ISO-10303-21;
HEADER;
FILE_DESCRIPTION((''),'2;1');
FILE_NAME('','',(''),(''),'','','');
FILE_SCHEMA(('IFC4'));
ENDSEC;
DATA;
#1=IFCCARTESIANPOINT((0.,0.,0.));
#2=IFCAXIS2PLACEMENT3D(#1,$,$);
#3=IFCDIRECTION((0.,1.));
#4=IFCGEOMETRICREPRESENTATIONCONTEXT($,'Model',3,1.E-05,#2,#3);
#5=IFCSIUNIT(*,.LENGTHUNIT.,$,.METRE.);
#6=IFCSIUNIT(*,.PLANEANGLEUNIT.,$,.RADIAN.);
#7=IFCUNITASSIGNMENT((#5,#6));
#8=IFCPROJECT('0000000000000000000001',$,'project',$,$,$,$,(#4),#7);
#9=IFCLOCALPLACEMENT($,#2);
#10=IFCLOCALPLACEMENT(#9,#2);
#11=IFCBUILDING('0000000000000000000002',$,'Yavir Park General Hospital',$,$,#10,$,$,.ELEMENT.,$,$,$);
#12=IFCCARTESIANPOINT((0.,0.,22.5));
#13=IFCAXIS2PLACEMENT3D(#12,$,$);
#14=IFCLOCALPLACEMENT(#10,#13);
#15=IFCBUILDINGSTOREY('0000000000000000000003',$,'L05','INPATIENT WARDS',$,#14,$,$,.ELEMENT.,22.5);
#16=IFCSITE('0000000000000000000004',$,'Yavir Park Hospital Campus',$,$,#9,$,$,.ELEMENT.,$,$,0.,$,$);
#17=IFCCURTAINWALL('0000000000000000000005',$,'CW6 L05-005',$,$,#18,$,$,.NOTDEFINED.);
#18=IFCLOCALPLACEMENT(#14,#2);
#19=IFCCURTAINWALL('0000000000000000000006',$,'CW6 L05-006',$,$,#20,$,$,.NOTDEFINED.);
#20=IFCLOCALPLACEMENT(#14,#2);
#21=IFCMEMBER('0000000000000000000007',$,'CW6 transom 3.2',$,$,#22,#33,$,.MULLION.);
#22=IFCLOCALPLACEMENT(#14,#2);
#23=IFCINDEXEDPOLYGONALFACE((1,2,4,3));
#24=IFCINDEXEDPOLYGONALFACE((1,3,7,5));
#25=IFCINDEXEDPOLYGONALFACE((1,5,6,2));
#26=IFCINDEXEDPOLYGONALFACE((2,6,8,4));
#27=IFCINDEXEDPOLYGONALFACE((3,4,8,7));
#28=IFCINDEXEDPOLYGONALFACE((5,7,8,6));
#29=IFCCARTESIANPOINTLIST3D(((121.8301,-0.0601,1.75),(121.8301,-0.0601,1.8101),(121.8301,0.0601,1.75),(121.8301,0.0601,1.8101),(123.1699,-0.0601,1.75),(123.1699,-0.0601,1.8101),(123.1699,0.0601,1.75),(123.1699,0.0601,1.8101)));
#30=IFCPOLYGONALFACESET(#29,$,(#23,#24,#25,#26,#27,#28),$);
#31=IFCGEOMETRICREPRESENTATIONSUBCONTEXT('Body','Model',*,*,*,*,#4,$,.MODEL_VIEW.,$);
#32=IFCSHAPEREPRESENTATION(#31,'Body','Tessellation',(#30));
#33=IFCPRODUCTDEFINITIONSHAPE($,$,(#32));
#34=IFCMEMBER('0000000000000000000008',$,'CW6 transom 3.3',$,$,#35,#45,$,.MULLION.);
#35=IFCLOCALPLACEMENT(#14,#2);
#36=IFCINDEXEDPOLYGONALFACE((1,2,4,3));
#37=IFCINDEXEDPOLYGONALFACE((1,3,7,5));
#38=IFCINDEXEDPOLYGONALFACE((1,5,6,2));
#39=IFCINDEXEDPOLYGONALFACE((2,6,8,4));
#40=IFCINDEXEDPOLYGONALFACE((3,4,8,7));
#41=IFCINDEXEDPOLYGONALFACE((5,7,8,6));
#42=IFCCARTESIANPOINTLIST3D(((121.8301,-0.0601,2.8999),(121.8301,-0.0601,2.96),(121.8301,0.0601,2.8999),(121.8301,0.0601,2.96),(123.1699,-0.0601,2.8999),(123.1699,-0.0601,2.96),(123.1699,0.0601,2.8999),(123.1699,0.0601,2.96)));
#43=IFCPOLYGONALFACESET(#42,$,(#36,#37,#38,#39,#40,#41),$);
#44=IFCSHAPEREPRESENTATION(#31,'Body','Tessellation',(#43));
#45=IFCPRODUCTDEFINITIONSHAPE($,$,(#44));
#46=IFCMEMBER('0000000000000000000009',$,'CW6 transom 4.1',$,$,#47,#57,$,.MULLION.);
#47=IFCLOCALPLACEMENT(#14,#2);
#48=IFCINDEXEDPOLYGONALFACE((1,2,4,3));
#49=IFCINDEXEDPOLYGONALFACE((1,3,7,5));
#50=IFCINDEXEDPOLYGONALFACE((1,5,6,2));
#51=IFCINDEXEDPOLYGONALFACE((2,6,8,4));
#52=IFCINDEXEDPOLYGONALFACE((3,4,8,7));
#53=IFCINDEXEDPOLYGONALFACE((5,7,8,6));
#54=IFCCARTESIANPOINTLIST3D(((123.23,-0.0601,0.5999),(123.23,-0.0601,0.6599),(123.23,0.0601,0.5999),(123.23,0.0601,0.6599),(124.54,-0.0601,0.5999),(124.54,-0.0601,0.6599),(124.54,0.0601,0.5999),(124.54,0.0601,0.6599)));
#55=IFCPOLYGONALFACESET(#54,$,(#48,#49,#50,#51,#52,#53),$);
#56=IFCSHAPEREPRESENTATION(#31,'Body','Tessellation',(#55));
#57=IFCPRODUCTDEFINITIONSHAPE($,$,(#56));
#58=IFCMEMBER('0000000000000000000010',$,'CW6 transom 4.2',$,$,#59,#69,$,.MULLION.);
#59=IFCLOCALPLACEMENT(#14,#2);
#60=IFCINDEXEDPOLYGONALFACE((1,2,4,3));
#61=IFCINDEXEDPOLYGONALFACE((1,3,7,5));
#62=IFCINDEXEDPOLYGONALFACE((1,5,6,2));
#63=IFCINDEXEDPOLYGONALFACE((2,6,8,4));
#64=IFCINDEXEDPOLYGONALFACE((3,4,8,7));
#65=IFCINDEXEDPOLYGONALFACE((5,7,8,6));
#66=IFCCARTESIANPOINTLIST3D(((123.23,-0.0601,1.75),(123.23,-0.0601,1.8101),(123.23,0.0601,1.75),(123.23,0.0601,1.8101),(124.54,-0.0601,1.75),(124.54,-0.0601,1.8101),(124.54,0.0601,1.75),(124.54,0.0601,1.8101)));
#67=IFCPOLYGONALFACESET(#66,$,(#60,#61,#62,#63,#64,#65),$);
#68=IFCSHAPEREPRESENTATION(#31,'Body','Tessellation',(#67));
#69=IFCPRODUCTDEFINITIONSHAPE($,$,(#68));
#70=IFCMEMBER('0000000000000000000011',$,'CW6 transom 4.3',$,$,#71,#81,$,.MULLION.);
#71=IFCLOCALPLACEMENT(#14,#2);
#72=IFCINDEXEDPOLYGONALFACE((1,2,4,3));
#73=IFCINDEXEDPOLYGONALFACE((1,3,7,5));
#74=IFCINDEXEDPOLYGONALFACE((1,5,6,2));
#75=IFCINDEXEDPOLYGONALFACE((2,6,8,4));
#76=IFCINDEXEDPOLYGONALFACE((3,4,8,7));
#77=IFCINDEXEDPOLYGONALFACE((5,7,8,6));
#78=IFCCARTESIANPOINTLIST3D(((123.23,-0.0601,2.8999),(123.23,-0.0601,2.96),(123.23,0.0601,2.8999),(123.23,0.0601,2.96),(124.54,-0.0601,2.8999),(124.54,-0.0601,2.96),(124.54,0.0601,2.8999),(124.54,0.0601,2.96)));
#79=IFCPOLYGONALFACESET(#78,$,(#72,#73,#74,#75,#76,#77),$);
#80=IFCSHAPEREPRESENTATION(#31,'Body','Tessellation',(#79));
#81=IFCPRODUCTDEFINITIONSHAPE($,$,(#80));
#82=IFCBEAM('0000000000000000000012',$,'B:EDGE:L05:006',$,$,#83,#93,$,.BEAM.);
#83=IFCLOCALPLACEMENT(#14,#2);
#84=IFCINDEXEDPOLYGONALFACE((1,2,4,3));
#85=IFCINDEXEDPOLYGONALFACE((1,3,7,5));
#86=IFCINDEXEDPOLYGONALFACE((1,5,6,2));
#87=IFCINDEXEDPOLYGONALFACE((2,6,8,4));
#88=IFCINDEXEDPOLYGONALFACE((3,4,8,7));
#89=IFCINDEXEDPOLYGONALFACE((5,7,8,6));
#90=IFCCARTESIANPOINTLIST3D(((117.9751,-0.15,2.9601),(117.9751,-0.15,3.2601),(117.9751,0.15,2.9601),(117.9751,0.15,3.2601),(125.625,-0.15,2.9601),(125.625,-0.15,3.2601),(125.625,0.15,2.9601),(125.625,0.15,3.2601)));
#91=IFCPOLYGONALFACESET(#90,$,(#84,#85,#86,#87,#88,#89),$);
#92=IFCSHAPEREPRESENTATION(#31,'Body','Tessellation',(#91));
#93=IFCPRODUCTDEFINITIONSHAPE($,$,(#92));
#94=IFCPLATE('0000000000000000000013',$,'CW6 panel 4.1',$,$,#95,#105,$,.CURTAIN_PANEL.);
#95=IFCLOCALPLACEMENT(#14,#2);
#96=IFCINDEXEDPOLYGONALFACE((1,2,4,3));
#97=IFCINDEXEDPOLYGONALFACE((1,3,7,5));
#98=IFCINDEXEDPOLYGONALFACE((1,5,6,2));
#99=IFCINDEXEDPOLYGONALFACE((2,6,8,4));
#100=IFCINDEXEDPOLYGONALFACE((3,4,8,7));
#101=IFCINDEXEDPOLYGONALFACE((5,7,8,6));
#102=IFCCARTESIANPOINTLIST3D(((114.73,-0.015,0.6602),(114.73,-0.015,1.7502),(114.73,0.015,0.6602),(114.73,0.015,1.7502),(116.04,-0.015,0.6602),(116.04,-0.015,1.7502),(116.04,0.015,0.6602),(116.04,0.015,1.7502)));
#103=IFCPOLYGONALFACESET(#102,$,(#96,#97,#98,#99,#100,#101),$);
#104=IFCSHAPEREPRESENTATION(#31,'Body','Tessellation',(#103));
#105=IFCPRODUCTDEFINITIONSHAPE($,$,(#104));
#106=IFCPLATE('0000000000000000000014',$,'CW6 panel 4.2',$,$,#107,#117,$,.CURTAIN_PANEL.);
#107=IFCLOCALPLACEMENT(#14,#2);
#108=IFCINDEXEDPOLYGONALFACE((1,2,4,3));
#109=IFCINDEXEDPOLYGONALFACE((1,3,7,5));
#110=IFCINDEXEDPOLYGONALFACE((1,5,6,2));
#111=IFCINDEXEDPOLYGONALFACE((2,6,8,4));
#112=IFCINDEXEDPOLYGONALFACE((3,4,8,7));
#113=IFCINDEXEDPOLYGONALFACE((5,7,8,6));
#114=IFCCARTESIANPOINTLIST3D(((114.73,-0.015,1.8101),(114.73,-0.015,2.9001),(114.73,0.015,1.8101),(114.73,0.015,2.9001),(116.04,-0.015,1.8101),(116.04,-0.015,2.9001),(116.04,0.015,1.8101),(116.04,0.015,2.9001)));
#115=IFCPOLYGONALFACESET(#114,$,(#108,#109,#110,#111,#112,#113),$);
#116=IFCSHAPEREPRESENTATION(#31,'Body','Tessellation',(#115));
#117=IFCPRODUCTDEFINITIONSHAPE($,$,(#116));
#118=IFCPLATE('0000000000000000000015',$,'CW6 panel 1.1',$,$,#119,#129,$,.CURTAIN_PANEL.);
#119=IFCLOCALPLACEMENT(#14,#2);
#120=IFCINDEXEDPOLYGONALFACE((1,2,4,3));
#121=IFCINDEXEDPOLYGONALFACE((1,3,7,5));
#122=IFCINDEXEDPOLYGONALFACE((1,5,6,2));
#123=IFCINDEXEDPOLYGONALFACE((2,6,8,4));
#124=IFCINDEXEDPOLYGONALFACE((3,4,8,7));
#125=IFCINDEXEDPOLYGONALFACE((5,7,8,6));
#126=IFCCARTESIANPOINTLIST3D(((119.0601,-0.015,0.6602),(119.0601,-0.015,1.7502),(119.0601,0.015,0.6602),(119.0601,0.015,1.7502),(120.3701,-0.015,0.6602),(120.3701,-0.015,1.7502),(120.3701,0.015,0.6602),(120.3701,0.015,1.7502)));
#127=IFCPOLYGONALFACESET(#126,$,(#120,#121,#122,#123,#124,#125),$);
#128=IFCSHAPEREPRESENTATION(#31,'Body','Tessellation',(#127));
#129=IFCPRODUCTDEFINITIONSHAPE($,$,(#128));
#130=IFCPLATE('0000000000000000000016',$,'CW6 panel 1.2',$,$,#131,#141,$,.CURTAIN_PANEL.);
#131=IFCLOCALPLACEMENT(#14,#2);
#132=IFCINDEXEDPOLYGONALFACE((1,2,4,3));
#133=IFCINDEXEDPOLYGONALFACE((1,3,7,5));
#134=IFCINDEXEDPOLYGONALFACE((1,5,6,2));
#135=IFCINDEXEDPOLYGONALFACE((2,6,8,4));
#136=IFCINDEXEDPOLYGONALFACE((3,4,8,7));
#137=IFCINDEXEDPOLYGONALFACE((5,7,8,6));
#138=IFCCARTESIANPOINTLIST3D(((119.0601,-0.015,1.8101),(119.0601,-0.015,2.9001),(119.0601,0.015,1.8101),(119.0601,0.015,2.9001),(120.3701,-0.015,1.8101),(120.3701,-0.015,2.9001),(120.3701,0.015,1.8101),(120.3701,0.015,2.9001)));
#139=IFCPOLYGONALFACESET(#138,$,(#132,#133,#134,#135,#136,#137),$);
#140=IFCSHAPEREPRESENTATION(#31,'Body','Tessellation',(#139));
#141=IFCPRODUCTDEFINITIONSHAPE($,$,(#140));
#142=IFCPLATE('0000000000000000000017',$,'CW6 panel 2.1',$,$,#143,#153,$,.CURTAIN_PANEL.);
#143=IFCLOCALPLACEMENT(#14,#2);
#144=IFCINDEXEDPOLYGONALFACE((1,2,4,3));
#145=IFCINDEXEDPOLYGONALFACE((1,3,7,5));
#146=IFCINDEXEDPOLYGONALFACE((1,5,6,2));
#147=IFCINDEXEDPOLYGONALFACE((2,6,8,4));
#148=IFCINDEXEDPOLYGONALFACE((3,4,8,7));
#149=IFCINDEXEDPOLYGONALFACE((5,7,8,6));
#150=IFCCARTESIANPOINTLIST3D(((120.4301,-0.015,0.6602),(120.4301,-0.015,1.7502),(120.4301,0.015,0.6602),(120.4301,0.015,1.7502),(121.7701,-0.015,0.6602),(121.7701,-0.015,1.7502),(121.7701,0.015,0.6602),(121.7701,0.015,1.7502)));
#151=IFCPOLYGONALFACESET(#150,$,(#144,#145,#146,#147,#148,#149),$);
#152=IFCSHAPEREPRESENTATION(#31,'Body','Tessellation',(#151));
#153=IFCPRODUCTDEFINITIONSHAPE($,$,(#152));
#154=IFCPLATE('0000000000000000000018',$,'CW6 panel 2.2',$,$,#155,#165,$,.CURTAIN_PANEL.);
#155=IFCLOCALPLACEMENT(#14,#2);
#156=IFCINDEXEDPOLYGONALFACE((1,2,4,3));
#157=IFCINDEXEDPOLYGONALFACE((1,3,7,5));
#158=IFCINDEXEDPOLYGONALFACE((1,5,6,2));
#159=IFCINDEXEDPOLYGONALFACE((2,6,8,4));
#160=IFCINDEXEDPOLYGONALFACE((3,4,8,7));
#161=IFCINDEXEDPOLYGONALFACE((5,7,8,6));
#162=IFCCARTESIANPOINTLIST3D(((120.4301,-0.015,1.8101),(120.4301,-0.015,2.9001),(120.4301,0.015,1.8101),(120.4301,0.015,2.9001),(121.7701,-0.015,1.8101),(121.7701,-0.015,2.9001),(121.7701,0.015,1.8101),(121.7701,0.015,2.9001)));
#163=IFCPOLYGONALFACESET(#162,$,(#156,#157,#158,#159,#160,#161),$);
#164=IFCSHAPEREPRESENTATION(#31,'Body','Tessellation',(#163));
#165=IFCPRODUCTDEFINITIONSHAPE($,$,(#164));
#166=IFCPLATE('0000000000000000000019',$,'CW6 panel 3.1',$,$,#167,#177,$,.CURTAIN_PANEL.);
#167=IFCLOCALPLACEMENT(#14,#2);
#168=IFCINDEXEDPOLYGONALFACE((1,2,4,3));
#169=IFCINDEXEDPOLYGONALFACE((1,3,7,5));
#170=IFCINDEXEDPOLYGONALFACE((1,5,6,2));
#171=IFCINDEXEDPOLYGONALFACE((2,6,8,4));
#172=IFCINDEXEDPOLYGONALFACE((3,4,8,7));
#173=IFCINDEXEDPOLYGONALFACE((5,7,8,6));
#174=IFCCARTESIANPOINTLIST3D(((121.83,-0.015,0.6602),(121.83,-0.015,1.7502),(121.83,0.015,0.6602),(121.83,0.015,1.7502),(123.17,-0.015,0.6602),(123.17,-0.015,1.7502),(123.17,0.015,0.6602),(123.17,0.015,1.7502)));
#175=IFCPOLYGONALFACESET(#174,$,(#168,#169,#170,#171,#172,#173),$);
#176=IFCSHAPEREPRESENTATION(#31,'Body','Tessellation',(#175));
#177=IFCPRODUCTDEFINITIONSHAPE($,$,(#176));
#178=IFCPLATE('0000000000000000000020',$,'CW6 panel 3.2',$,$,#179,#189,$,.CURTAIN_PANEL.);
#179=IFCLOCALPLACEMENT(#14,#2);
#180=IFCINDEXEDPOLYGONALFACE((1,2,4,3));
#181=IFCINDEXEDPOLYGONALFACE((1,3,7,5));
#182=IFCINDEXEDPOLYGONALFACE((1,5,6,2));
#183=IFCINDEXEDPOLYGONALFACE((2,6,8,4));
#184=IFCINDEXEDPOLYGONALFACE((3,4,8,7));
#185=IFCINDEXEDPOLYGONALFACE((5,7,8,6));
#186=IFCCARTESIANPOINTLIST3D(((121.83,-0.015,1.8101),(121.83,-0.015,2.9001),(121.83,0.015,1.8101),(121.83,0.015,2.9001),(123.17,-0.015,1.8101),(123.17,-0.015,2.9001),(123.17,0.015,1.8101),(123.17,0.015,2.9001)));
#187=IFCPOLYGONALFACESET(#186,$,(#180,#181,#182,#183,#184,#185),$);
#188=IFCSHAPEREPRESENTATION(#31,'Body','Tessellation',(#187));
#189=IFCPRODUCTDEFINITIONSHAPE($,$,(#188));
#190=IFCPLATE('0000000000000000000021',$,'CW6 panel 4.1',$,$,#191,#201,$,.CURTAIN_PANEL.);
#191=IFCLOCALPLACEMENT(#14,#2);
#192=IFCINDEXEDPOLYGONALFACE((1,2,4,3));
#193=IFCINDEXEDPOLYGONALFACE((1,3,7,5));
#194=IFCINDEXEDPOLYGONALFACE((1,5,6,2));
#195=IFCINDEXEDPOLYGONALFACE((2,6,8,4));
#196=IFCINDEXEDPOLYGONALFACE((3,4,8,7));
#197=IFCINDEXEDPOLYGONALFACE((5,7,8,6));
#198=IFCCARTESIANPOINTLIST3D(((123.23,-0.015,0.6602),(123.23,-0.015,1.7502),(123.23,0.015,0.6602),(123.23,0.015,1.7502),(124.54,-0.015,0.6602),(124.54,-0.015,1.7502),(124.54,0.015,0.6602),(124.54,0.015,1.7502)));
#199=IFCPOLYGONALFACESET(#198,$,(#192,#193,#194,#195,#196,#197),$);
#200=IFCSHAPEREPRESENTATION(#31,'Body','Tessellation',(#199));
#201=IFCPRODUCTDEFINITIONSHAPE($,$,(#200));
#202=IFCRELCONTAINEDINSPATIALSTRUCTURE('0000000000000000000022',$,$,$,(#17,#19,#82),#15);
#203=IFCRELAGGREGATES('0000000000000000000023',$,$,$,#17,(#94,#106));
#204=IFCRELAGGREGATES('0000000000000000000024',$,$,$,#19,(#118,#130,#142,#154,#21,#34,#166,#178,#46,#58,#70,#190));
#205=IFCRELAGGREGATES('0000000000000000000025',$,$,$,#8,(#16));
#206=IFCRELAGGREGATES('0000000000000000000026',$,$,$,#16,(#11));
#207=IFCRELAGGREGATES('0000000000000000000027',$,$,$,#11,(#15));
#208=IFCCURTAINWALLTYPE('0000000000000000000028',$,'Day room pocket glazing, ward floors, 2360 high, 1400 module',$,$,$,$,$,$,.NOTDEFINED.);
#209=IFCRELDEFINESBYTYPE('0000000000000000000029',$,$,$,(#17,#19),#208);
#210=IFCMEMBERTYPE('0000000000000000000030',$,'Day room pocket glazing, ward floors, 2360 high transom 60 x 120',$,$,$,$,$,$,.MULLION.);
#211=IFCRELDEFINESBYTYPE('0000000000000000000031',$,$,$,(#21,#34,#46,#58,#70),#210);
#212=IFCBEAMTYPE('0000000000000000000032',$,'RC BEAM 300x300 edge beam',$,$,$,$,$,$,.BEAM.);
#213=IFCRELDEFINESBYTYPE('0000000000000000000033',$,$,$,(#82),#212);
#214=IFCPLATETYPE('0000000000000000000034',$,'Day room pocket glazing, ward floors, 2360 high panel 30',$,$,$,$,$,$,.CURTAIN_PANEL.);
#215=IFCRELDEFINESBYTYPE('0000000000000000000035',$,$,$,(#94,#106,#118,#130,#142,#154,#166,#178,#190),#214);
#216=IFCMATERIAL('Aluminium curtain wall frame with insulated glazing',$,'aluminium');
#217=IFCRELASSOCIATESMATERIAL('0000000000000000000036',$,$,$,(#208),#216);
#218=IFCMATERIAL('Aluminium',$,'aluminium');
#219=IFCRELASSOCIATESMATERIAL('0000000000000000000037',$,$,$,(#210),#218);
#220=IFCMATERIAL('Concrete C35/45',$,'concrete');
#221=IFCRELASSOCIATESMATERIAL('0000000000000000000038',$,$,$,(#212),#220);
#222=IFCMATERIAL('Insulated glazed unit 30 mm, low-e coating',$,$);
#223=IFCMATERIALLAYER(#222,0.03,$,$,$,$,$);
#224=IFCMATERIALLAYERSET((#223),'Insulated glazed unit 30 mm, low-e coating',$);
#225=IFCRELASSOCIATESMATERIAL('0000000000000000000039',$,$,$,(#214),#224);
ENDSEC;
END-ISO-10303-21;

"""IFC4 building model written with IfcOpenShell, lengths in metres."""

from ifc_helpers import new_model, si_unit, direction, frame, origin, origin_2d, place, context, subcontext, project, spatial, rectangle, extrude, material, layer, layer_set, material_profile, profile_set, type_object, element, aggregate, save


model = new_model("IFC4")

# Units and contexts
model_context = context("Model", 3, precision=1e-05, world=origin(), true_north=direction((0.0, 1.0)))
body_context = subcontext(model_context, "Body", "Model", "MODEL_VIEW")
ifc_project = project(units=[si_unit("LENGTHUNIT", "METRE"), si_unit("PLANEANGLEUNIT", "RADIAN")], contexts=[model_context])

# Site, building, storey
site_placement = place(None, origin())
site = spatial("IfcSite", under=ifc_project, at=site_placement, Name="Yavir Park Hospital Campus", CompositionType="ELEMENT", RefElevation=0.0)
building_placement = place(site_placement, origin())
building = spatial("IfcBuilding", under=site, at=building_placement, Name="Yavir Park General Hospital", CompositionType="ELEMENT")
storey_placement = place(building_placement, frame((0.0, 0.0, 22.5)))
storey = spatial("IfcBuildingStorey", under=building, at=storey_placement, Name="L05", Description="INPATIENT WARDS", CompositionType="ELEMENT", Elevation=22.5)

# Curtain wall
ifc_material_1 = material(Name="Aluminium curtain wall frame with insulated glazing", Category="aluminium")
curtain_wall_type = type_object("IfcCurtainWallType", Name="Day room pocket glazing, ward floors, 2360 high, 1400 module", PredefinedType="NOTDEFINED", material=ifc_material_1)
curtain_wall_1_placement = place(storey_placement, origin())
curtain_wall_1 = element("IfcCurtainWall", 1, at=curtain_wall_1_placement, inside=storey, type_object=curtain_wall_type, Name="CW6 L05-005", PredefinedType="NOTDEFINED")

# Curtain wall, members
curtain_wall_2_placement = place(storey_placement, origin())
curtain_wall_2 = element("IfcCurtainWall", 2, at=curtain_wall_2_placement, inside=storey, type_object=curtain_wall_type, Name="CW6 L05-006", PredefinedType="NOTDEFINED")
ifc_material_2 = material(Name="Aluminium", Category="aluminium")
ifc_material_profile_1 = material_profile(ifc_material_2, rectangle(XDim=0.1201, YDim=0.0601, at=origin_2d()), Name="AL 120x60")
ifc_profile_set_1 = profile_set([ifc_material_profile_1], Name="Aluminium")
member_type_1 = type_object("IfcMemberType", Name="Day room pocket glazing, ward floors, 2360 high transom 60 x 120", PredefinedType="MULLION", material=ifc_profile_set_1)
member_1_placement = place(storey_placement, frame((121.8301, 0.0, 1.78), z_axis=(1.0, 0.0, 0.0), x_axis=(0.0, 1.0, 0.0)))
member_1 = element("IfcMember", 3, at=member_1_placement, type_object=member_type_1, Name="CW6 transom 3.2", PredefinedType="MULLION", context=body_context, shape_type="SweptSolid", body=[
    extrude(rectangle(XDim=0.1201, YDim=0.0601, at=origin_2d()), origin(), (0.0, 0.0, 1.0), 1.3398),
])
member_2_placement = place(storey_placement, frame((121.8301, 0.0, 2.9299), z_axis=(1.0, 0.0, 0.0), x_axis=(0.0, 1.0, 0.0)))
member_2 = element("IfcMember", 4, at=member_2_placement, type_object=member_type_1, Name="CW6 transom 3.3", PredefinedType="MULLION", context=body_context, shape_type="SweptSolid", body=[
    extrude(rectangle(XDim=0.1201, YDim=0.0601, at=origin_2d()), origin(), (0.0, 0.0, 1.0), 1.3398),
])
member_3_placement = place(storey_placement, frame((123.23, 0.0, 0.6299), z_axis=(1.0, 0.0, 0.0), x_axis=(0.0, 1.0, 0.0)))
member_3 = element("IfcMember", 5, at=member_3_placement, type_object=member_type_1, Name="CW6 transom 4.1", PredefinedType="MULLION", context=body_context, shape_type="SweptSolid", body=[
    extrude(rectangle(XDim=0.1201, YDim=0.0601, at=origin_2d()), origin(), (0.0, 0.0, 1.0), 1.3101),
])
member_4_placement = place(storey_placement, frame((123.23, 0.0, 1.78), z_axis=(1.0, 0.0, 0.0), x_axis=(0.0, 1.0, 0.0)))
member_4 = element("IfcMember", 6, at=member_4_placement, type_object=member_type_1, Name="CW6 transom 4.2", PredefinedType="MULLION", context=body_context, shape_type="SweptSolid", body=[
    extrude(rectangle(XDim=0.1201, YDim=0.0601, at=origin_2d()), origin(), (0.0, 0.0, 1.0), 1.3101),
])
member_5_placement = place(storey_placement, frame((123.23, 0.0, 2.9299), z_axis=(1.0, 0.0, 0.0), x_axis=(0.0, 1.0, 0.0)))
member_5 = element("IfcMember", 7, at=member_5_placement, type_object=member_type_1, Name="CW6 transom 4.3", PredefinedType="MULLION", context=body_context, shape_type="SweptSolid", body=[
    extrude(rectangle(XDim=0.1201, YDim=0.0601, at=origin_2d()), origin(), (0.0, 0.0, 1.0), 1.3101),
])

# Beam
ifc_material_3 = material(Name="Concrete C35/45", Category="concrete")
ifc_material_profile_2 = material_profile(ifc_material_3, rectangle(XDim=0.3, YDim=0.3, at=origin_2d()), Name="RC300x300")
ifc_profile_set_2 = profile_set([ifc_material_profile_2], Name="Concrete C35/45")
beam_type = type_object("IfcBeamType", Name="RC BEAM 300x300 edge beam", PredefinedType="BEAM", material=ifc_profile_set_2)
beam_placement = place(storey_placement, frame((117.9751, 0.0, 3.1101), z_axis=(1.0, 0.0, 0.0), x_axis=(0.0, 1.0, 0.0)))
element("IfcBeam", 8, at=beam_placement, inside=storey, type_object=beam_type, Name="B:EDGE:L05:006", PredefinedType="BEAM", context=body_context, shape_type="SweptSolid", body=[
    extrude(rectangle(XDim=0.3, YDim=0.3, at=origin_2d()), origin(), (0.0, 0.0, 1.0), 7.6499),
])

# Plates
ifc_material_4 = material(Name="Insulated glazed unit 30 mm, low-e coating")
ifc_layer_1 = layer(ifc_material_4, 0.03)
ifc_layer_set_1 = layer_set([ifc_layer_1], Name="Insulated glazed unit 30 mm, low-e coating")
plate_type = type_object("IfcPlateType", Name="Day room pocket glazing, ward floors, 2360 high panel 30", PredefinedType="CURTAIN_PANEL", material=ifc_layer_set_1)
plate_1_placement = place(storey_placement, frame((115.385, 0.0, 0.6602), z_axis=(0.0, 0.0, 1.0), x_axis=(1.0, 0.0, 0.0)))
plate_1 = element("IfcPlate", 9, at=plate_1_placement, type_object=plate_type, Name="CW6 panel 4.1", PredefinedType="CURTAIN_PANEL", context=body_context, shape_type="SweptSolid", body=[
    extrude(rectangle(XDim=1.3101, YDim=0.03, at=origin_2d()), origin(), (0.0, 0.0, 1.0), 1.0901),
])
plate_2_placement = place(storey_placement, frame((115.385, 0.0, 1.8101), z_axis=(0.0, 0.0, 1.0), x_axis=(1.0, 0.0, 0.0)))
plate_2 = element("IfcPlate", 10, at=plate_2_placement, type_object=plate_type, Name="CW6 panel 4.2", PredefinedType="CURTAIN_PANEL", context=body_context, shape_type="SweptSolid", body=[
    extrude(rectangle(XDim=1.3101, YDim=0.03, at=origin_2d()), origin(), (0.0, 0.0, 1.0), 1.0901),
])
aggregate(curtain_wall_1, [plate_1, plate_2])
plate_3_placement = place(storey_placement, frame((119.7151, 0.0, 0.6602), z_axis=(0.0, 0.0, 1.0), x_axis=(1.0, 0.0, 0.0)))
plate_3 = element("IfcPlate", 11, at=plate_3_placement, type_object=plate_type, Name="CW6 panel 1.1", PredefinedType="CURTAIN_PANEL", context=body_context, shape_type="SweptSolid", body=[
    extrude(rectangle(XDim=1.3101, YDim=0.03, at=origin_2d()), origin(), (0.0, 0.0, 1.0), 1.0901),
])
plate_4_placement = place(storey_placement, frame((119.7151, 0.0, 1.8101), z_axis=(0.0, 0.0, 1.0), x_axis=(1.0, 0.0, 0.0)))
plate_4 = element("IfcPlate", 12, at=plate_4_placement, type_object=plate_type, Name="CW6 panel 1.2", PredefinedType="CURTAIN_PANEL", context=body_context, shape_type="SweptSolid", body=[
    extrude(rectangle(XDim=1.3101, YDim=0.03, at=origin_2d()), origin(), (0.0, 0.0, 1.0), 1.0901),
])
plate_5_placement = place(storey_placement, frame((121.1001, 0.0, 0.6602), z_axis=(0.0, 0.0, 1.0), x_axis=(1.0, 0.0, 0.0)))
plate_5 = element("IfcPlate", 13, at=plate_5_placement, type_object=plate_type, Name="CW6 panel 2.1", PredefinedType="CURTAIN_PANEL", context=body_context, shape_type="SweptSolid", body=[
    extrude(rectangle(XDim=1.3401, YDim=0.03, at=origin_2d()), origin(), (0.0, 0.0, 1.0), 1.0901),
])
plate_6_placement = place(storey_placement, frame((121.1001, 0.0, 1.8101), z_axis=(0.0, 0.0, 1.0), x_axis=(1.0, 0.0, 0.0)))
plate_6 = element("IfcPlate", 14, at=plate_6_placement, type_object=plate_type, Name="CW6 panel 2.2", PredefinedType="CURTAIN_PANEL", context=body_context, shape_type="SweptSolid", body=[
    extrude(rectangle(XDim=1.3401, YDim=0.03, at=origin_2d()), origin(), (0.0, 0.0, 1.0), 1.0901),
])
plate_7_placement = place(storey_placement, frame((122.5, 0.0, 0.6602), z_axis=(0.0, 0.0, 1.0), x_axis=(1.0, 0.0, 0.0)))
plate_7 = element("IfcPlate", 15, at=plate_7_placement, type_object=plate_type, Name="CW6 panel 3.1", PredefinedType="CURTAIN_PANEL", context=body_context, shape_type="SweptSolid", body=[
    extrude(rectangle(XDim=1.3401, YDim=0.03, at=origin_2d()), origin(), (0.0, 0.0, 1.0), 1.0901),
])
plate_8_placement = place(storey_placement, frame((122.5, 0.0, 1.8101), z_axis=(0.0, 0.0, 1.0), x_axis=(1.0, 0.0, 0.0)))
plate_8 = element("IfcPlate", 16, at=plate_8_placement, type_object=plate_type, Name="CW6 panel 3.2", PredefinedType="CURTAIN_PANEL", context=body_context, shape_type="SweptSolid", body=[
    extrude(rectangle(XDim=1.3401, YDim=0.03, at=origin_2d()), origin(), (0.0, 0.0, 1.0), 1.0901),
])
plate_9_placement = place(storey_placement, frame((123.885, 0.0, 0.6602), z_axis=(0.0, 0.0, 1.0), x_axis=(1.0, 0.0, 0.0)))
plate_9 = element("IfcPlate", 17, at=plate_9_placement, type_object=plate_type, Name="CW6 panel 4.1", PredefinedType="CURTAIN_PANEL", context=body_context, shape_type="SweptSolid", body=[
    extrude(rectangle(XDim=1.3101, YDim=0.03, at=origin_2d()), origin(), (0.0, 0.0, 1.0), 1.0901),
])
aggregate(curtain_wall_2, [plate_3, plate_4, plate_5, plate_6, member_1, member_2, plate_7, plate_8, member_3, member_4, member_5, plate_9])

save(model, "model.ifc")
